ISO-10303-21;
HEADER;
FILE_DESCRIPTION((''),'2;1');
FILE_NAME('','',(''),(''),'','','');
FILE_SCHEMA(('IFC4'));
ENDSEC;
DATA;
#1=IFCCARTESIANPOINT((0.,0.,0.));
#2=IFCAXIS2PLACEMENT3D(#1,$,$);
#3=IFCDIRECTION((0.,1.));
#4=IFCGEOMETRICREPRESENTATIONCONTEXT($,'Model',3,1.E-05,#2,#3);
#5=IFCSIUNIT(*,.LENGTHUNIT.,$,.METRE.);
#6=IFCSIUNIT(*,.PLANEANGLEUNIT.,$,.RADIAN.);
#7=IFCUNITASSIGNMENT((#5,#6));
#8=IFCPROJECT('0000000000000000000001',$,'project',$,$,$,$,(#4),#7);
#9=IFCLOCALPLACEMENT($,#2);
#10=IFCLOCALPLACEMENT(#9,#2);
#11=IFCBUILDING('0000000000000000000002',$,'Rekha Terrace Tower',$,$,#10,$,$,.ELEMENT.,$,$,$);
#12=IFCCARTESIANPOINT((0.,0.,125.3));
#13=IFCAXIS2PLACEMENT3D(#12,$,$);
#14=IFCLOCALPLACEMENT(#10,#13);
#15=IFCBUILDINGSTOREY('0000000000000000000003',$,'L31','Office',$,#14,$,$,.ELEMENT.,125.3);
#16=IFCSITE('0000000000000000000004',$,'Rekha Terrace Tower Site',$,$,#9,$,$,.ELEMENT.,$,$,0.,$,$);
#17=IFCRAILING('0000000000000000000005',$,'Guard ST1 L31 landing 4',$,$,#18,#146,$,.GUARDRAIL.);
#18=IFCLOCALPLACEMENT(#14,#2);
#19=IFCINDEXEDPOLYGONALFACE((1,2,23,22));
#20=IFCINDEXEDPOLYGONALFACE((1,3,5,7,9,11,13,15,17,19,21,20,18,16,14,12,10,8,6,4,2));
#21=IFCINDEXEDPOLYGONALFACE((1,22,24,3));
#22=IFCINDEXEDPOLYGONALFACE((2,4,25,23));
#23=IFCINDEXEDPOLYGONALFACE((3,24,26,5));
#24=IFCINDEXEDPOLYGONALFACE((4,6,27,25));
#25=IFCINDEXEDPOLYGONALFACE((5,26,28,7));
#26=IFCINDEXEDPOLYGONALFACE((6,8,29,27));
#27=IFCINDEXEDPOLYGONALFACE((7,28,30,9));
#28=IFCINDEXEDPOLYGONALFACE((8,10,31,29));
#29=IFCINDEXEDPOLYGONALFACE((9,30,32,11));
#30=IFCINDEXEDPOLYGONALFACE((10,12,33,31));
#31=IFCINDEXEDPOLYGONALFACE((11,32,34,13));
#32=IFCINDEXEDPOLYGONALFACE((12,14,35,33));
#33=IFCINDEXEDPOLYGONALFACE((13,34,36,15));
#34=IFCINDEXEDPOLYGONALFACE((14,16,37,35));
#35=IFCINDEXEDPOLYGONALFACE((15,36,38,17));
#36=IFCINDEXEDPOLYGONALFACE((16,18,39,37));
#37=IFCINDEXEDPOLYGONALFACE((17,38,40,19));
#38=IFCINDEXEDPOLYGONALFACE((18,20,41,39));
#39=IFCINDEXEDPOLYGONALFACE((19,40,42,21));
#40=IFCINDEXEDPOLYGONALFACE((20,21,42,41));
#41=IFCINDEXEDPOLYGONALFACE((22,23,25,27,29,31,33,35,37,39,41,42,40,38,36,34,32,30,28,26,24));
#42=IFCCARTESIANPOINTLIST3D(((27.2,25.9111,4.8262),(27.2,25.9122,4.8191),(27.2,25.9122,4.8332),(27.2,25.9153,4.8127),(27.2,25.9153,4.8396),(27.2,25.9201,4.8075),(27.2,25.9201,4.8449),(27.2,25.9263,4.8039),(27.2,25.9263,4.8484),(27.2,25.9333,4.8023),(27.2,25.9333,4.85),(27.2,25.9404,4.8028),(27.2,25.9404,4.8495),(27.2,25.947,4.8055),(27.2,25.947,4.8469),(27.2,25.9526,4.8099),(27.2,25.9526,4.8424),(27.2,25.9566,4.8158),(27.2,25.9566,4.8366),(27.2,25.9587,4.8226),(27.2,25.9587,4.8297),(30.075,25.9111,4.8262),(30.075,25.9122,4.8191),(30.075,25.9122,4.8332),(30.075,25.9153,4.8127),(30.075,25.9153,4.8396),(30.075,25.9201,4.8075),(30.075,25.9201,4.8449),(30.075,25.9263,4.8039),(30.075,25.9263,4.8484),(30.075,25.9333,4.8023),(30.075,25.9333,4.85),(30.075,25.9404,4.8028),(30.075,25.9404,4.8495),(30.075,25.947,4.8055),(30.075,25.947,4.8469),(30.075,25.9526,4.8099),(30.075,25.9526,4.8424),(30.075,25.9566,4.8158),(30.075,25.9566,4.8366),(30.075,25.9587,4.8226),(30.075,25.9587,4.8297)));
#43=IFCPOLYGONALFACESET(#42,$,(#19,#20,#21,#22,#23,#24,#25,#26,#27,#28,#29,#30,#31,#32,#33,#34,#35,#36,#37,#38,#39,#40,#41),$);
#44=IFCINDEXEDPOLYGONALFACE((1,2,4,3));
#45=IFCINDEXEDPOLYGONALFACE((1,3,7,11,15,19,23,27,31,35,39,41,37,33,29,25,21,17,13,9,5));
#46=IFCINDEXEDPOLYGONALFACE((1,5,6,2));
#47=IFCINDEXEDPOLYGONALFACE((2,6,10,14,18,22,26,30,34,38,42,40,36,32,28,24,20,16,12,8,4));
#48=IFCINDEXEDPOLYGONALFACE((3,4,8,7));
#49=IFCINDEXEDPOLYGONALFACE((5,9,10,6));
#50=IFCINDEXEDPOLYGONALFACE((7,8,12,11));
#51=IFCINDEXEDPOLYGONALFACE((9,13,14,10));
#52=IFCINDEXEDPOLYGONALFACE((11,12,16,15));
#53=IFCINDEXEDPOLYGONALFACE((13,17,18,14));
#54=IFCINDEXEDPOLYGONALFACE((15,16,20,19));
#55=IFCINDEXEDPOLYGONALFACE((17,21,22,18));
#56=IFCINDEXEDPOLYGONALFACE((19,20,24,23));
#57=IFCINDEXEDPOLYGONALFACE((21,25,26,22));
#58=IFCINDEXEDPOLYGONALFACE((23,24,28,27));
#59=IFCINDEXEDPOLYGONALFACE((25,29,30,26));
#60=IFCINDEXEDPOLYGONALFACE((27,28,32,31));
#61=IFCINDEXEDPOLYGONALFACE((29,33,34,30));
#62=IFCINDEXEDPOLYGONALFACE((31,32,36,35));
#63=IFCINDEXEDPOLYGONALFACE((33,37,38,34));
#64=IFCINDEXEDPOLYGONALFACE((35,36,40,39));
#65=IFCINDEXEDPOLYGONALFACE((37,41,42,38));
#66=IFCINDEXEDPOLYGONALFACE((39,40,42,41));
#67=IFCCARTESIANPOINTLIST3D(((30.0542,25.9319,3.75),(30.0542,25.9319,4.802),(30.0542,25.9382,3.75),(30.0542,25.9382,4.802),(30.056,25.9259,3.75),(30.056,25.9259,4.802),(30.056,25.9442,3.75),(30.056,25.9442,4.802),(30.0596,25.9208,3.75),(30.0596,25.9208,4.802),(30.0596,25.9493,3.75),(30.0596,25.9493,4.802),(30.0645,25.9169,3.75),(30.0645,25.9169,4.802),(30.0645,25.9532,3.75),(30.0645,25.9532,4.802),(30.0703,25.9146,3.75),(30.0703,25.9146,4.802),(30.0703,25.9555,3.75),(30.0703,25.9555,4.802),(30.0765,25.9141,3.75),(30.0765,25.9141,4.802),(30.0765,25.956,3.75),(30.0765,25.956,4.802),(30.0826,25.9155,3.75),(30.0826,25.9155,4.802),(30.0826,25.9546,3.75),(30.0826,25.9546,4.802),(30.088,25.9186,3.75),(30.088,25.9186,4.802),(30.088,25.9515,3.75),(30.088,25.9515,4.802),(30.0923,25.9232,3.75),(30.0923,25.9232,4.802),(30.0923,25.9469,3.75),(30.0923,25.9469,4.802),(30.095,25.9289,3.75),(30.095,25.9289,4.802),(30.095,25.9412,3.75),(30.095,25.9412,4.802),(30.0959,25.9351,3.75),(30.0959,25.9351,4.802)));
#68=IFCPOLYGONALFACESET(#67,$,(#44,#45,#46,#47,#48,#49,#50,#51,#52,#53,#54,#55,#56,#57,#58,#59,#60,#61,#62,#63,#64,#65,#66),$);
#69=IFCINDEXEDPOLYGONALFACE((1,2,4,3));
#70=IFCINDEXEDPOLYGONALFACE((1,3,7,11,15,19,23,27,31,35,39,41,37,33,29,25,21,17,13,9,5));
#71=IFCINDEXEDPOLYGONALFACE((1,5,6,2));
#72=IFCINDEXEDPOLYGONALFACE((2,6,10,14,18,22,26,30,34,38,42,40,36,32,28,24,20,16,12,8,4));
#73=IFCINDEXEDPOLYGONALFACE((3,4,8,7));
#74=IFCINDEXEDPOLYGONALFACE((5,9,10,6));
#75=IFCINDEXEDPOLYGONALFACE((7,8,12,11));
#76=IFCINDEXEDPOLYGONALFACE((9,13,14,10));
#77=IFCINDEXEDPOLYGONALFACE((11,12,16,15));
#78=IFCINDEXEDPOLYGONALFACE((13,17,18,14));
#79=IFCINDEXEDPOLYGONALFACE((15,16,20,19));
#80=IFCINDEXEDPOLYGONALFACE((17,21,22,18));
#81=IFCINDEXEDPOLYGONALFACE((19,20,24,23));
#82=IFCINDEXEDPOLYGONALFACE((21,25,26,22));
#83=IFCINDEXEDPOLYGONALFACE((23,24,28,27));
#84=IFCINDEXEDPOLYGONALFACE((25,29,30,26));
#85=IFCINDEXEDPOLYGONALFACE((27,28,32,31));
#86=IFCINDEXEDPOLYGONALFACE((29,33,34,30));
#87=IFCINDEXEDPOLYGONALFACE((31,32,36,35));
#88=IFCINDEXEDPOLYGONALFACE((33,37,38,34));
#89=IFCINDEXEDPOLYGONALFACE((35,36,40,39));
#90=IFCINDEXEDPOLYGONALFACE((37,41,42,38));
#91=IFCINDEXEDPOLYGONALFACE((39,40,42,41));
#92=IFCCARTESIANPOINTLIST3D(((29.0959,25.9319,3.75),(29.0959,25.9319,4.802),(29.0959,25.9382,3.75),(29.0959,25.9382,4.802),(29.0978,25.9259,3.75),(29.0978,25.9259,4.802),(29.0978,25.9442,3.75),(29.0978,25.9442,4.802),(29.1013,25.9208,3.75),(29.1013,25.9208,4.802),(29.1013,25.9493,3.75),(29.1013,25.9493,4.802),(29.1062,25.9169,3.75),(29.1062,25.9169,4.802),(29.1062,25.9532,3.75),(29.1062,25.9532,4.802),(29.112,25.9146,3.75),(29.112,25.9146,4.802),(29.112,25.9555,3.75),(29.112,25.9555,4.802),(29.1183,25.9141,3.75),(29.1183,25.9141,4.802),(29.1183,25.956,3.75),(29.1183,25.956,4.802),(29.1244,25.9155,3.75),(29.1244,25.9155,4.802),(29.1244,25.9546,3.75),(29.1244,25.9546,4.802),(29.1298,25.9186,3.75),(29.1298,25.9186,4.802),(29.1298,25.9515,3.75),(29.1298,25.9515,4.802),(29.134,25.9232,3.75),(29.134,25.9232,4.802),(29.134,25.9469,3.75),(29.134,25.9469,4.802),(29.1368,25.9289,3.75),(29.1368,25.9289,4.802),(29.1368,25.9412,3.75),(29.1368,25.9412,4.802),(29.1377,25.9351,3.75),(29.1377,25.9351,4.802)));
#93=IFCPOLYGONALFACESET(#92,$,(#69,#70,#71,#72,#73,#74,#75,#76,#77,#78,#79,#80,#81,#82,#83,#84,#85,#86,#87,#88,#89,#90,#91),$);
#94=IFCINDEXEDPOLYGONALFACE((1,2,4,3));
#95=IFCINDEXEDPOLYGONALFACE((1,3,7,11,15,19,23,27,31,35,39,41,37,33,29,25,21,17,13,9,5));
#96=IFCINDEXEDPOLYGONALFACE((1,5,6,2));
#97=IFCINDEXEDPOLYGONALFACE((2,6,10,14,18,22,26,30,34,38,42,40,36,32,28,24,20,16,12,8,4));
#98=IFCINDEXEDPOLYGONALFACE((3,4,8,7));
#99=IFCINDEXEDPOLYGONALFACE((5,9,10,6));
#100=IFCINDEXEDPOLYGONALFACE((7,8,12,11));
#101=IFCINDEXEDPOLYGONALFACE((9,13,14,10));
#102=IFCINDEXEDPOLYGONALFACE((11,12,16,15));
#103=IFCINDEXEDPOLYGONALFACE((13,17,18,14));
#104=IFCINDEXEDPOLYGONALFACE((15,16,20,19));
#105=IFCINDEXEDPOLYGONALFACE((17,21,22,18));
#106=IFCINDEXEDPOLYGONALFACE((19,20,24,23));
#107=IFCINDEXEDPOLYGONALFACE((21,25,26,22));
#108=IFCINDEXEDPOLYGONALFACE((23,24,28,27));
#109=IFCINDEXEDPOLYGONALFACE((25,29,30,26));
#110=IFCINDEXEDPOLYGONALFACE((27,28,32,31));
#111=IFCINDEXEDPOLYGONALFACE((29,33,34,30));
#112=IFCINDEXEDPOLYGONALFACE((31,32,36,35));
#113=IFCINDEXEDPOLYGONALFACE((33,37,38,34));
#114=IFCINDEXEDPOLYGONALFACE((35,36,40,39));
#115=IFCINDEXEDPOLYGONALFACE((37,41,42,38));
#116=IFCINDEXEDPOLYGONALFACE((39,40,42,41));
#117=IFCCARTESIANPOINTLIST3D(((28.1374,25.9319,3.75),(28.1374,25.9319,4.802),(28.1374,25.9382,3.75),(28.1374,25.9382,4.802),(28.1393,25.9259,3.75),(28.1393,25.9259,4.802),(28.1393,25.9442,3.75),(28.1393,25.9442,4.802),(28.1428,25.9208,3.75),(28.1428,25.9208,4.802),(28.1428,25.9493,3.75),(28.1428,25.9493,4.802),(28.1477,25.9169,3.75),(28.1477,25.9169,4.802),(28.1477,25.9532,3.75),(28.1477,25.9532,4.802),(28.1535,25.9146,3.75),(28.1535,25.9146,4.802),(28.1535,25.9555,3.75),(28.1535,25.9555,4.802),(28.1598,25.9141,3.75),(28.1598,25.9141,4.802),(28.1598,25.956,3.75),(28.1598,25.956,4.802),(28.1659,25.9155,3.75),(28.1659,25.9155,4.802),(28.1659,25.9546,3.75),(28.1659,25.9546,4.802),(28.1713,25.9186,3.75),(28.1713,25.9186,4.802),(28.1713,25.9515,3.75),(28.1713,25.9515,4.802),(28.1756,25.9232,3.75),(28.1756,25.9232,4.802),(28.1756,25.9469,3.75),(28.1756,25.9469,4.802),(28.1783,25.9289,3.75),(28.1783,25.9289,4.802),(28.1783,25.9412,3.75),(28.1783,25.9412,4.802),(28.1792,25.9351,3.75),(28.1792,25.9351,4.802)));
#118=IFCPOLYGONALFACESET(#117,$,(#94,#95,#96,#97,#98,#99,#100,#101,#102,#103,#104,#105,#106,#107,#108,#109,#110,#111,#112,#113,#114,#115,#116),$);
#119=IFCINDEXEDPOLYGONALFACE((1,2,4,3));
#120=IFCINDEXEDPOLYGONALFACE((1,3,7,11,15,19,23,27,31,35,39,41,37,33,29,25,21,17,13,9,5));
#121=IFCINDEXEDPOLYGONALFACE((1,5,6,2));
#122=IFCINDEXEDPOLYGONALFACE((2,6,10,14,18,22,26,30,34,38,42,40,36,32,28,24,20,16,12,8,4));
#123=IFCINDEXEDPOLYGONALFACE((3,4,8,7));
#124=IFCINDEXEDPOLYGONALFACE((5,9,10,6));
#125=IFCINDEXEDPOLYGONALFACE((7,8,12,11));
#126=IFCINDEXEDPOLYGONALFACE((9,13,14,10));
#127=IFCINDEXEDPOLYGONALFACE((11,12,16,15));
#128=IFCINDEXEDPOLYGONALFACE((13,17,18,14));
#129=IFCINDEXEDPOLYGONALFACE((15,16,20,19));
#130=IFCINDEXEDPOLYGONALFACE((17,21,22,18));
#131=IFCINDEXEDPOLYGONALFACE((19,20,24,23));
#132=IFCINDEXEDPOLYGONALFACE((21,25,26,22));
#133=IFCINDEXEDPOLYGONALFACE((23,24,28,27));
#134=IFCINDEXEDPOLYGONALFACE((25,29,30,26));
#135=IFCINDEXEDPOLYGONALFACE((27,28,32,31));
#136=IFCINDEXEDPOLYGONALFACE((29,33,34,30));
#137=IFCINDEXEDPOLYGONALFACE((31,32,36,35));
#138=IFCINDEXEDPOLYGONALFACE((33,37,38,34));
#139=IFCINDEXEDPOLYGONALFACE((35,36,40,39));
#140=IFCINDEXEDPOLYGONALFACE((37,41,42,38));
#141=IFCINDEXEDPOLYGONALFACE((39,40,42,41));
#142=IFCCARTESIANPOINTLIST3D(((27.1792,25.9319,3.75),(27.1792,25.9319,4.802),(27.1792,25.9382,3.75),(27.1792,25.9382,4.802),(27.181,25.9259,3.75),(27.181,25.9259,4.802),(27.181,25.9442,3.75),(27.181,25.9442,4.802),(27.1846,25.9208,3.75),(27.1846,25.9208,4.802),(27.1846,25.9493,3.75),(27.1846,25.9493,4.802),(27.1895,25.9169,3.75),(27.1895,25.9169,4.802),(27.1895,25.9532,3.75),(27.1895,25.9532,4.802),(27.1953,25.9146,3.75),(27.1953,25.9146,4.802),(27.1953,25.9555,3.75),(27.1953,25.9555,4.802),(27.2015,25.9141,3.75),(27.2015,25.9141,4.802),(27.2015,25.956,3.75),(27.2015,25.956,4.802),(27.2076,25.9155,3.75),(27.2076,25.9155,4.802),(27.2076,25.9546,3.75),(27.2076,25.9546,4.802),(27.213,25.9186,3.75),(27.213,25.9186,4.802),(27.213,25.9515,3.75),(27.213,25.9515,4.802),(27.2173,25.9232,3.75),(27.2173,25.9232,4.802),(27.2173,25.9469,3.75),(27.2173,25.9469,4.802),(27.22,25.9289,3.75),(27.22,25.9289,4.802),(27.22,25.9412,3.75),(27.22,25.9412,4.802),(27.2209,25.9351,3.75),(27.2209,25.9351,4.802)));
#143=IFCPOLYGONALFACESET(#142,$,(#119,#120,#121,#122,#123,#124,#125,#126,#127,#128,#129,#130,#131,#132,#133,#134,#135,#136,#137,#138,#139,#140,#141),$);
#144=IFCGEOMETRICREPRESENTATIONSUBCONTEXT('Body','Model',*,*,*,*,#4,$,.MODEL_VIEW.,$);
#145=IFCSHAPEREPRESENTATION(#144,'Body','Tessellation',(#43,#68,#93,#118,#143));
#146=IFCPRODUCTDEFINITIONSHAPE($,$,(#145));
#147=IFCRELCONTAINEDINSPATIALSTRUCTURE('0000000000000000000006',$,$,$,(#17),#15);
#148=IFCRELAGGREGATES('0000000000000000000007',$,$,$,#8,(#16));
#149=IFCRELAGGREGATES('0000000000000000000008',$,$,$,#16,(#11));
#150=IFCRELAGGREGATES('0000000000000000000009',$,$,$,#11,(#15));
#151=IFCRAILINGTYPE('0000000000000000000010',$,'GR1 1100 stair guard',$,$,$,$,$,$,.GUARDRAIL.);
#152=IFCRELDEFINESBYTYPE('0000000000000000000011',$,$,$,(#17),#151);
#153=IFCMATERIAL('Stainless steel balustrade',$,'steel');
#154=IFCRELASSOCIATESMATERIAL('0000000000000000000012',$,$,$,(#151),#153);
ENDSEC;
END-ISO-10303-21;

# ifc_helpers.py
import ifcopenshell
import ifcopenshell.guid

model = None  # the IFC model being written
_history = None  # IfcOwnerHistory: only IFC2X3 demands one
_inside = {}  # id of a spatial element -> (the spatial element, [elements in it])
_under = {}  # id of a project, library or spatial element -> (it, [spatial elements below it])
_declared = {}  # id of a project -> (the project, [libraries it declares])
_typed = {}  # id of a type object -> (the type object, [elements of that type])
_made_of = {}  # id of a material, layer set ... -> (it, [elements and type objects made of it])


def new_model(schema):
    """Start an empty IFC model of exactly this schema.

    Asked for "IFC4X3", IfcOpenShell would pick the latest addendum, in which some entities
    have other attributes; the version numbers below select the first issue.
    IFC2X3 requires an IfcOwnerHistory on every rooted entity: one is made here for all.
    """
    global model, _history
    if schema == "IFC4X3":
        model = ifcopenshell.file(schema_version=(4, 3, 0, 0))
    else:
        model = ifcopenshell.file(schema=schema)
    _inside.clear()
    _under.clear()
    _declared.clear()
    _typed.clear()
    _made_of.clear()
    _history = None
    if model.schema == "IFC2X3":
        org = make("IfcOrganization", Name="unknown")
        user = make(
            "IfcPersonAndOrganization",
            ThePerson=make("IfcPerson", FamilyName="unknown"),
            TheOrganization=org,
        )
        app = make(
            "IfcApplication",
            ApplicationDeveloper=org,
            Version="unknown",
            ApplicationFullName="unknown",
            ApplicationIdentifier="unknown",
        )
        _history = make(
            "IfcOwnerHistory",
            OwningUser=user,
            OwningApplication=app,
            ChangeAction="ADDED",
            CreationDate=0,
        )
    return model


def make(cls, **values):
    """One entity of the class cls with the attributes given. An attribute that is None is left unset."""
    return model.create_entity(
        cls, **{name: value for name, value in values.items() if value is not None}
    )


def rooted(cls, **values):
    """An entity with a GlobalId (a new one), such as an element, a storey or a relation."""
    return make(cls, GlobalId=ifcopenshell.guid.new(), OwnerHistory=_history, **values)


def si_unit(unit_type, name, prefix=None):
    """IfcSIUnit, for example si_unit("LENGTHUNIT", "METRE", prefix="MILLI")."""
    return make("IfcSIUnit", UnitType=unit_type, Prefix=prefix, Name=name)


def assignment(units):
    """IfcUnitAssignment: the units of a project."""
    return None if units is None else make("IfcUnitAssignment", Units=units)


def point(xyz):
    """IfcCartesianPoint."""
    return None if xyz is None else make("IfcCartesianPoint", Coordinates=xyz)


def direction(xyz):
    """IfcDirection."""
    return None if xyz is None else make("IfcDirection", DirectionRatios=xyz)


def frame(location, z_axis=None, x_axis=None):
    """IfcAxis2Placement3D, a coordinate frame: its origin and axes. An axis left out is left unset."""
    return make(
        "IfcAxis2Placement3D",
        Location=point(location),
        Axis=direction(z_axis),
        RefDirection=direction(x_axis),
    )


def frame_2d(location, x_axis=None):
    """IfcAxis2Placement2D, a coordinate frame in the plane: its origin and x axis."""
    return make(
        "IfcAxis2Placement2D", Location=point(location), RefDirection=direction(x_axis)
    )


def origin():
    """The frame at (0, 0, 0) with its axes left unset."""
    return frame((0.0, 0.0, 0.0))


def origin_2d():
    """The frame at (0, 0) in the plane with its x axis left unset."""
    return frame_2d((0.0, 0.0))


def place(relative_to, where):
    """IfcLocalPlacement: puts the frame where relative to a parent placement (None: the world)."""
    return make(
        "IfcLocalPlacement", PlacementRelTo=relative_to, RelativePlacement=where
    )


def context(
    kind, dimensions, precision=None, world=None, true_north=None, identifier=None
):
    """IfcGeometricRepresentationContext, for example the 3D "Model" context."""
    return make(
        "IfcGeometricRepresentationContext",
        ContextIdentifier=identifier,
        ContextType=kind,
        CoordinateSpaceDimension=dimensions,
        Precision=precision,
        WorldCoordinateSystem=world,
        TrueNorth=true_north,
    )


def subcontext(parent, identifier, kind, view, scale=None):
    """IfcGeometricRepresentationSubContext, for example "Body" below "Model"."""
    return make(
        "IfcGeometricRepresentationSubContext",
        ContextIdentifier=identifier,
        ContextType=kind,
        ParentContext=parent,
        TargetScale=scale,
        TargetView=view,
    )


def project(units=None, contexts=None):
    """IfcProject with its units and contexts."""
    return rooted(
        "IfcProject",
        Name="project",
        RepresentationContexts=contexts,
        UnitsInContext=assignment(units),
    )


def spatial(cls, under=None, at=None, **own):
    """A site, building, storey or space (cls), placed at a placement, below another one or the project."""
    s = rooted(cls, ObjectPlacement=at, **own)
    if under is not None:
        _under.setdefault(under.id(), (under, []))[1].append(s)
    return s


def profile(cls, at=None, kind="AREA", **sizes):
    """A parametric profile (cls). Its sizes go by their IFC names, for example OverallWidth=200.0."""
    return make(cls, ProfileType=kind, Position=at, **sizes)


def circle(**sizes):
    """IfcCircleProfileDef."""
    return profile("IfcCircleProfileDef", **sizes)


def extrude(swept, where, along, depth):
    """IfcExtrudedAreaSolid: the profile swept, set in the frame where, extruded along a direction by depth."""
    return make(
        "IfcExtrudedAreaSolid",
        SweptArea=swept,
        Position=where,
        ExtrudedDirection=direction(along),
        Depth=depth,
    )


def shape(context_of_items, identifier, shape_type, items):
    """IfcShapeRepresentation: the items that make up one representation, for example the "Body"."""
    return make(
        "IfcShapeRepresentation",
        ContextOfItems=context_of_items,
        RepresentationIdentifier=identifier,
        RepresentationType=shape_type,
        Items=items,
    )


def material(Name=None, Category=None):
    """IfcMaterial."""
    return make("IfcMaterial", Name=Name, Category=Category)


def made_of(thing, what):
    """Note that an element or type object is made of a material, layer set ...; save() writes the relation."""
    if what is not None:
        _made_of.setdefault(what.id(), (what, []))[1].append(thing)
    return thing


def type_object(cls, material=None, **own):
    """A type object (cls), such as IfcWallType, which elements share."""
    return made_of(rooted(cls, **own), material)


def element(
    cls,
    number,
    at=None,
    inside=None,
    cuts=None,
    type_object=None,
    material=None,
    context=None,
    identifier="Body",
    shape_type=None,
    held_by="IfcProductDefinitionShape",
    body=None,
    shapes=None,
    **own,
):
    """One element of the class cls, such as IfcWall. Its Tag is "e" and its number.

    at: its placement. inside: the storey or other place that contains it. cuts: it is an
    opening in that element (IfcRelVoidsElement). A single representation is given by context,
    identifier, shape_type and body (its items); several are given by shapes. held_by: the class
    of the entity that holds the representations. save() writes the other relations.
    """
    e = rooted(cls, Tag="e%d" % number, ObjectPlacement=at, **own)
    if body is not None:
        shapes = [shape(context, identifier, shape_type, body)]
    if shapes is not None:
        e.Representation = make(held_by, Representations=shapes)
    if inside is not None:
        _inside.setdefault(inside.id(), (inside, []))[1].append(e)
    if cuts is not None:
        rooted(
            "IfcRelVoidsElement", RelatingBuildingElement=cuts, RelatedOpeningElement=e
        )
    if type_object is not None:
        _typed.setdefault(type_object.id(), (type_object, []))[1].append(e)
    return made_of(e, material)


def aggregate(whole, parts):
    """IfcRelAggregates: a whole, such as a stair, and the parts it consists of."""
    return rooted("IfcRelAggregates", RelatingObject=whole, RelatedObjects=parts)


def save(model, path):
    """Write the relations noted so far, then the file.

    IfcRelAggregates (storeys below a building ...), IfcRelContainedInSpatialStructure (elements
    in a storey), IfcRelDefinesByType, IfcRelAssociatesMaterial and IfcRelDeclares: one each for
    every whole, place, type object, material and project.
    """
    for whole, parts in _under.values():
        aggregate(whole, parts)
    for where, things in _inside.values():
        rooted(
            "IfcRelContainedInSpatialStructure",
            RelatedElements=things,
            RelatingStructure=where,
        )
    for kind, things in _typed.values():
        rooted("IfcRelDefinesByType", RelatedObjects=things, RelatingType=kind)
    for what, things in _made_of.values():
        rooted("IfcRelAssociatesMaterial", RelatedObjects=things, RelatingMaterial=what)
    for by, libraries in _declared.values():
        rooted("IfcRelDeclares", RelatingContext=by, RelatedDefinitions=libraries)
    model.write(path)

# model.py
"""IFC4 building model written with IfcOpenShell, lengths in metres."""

from ifc_helpers import new_model, si_unit, direction, frame, origin, origin_2d, place, context, subcontext, project, spatial, circle, extrude, material, type_object, element, save


model = new_model("IFC4")

# Units and contexts
model_context = context("Model", 3, precision=1e-05, world=origin(), true_north=direction((0.0, 1.0)))
body_context = subcontext(model_context, "Body", "Model", "MODEL_VIEW")
ifc_project = project(units=[si_unit("LENGTHUNIT", "METRE"), si_unit("PLANEANGLEUNIT", "RADIAN")], contexts=[model_context])

# Site, building, storey
site_placement = place(None, origin())
site = spatial("IfcSite", under=ifc_project, at=site_placement, Name="Rekha Terrace Tower Site", CompositionType="ELEMENT", RefElevation=0.0)
building_placement = place(site_placement, origin())
building = spatial("IfcBuilding", under=site, at=building_placement, Name="Rekha Terrace Tower", CompositionType="ELEMENT")
storey_placement = place(building_placement, frame((0.0, 0.0, 125.3)))
storey = spatial("IfcBuildingStorey", under=building, at=storey_placement, Name="L31", Description="Office", CompositionType="ELEMENT", Elevation=125.3)

# Railing
ifc_material_1 = material(Name="Stainless steel balustrade", Category="steel")
railing_type_1 = type_object("IfcRailingType", Name="GR1 1100 stair guard", PredefinedType="GUARDRAIL", material=ifc_material_1)
railing_1_placement = place(storey_placement, frame((30.075, 25.9351, 3.75)))
element("IfcRailing", 1, at=railing_1_placement, inside=storey, type_object=railing_type_1, Name="Guard ST1 L31 landing 4", PredefinedType="GUARDRAIL", context=body_context, shape_type="SweptSolid", body=[
    extrude(circle(Radius=0.0239, at=origin_2d()), frame((0.0, 0.0, 1.0762), z_axis=(-1.0, 0.0, 0.0), x_axis=(0.0, -1.0, 0.0)), (0.0, 0.0, 1.0), 2.875),
    extrude(circle(Radius=0.021, at=origin_2d()), origin(), (0.0, 0.0, 1.0), 1.052),
    extrude(circle(Radius=0.021, at=origin_2d()), frame((-0.9583, 0.0, 0.0)), (0.0, 0.0, 1.0), 1.052),
    extrude(circle(Radius=0.021, at=origin_2d()), frame((-1.9167, 0.0, 0.0)), (0.0, 0.0, 1.0), 1.052),
    extrude(circle(Radius=0.021, at=origin_2d()), frame((-2.875, 0.0, 0.0)), (0.0, 0.0, 1.0), 1.052),
])

save(model, "model.ifc")
